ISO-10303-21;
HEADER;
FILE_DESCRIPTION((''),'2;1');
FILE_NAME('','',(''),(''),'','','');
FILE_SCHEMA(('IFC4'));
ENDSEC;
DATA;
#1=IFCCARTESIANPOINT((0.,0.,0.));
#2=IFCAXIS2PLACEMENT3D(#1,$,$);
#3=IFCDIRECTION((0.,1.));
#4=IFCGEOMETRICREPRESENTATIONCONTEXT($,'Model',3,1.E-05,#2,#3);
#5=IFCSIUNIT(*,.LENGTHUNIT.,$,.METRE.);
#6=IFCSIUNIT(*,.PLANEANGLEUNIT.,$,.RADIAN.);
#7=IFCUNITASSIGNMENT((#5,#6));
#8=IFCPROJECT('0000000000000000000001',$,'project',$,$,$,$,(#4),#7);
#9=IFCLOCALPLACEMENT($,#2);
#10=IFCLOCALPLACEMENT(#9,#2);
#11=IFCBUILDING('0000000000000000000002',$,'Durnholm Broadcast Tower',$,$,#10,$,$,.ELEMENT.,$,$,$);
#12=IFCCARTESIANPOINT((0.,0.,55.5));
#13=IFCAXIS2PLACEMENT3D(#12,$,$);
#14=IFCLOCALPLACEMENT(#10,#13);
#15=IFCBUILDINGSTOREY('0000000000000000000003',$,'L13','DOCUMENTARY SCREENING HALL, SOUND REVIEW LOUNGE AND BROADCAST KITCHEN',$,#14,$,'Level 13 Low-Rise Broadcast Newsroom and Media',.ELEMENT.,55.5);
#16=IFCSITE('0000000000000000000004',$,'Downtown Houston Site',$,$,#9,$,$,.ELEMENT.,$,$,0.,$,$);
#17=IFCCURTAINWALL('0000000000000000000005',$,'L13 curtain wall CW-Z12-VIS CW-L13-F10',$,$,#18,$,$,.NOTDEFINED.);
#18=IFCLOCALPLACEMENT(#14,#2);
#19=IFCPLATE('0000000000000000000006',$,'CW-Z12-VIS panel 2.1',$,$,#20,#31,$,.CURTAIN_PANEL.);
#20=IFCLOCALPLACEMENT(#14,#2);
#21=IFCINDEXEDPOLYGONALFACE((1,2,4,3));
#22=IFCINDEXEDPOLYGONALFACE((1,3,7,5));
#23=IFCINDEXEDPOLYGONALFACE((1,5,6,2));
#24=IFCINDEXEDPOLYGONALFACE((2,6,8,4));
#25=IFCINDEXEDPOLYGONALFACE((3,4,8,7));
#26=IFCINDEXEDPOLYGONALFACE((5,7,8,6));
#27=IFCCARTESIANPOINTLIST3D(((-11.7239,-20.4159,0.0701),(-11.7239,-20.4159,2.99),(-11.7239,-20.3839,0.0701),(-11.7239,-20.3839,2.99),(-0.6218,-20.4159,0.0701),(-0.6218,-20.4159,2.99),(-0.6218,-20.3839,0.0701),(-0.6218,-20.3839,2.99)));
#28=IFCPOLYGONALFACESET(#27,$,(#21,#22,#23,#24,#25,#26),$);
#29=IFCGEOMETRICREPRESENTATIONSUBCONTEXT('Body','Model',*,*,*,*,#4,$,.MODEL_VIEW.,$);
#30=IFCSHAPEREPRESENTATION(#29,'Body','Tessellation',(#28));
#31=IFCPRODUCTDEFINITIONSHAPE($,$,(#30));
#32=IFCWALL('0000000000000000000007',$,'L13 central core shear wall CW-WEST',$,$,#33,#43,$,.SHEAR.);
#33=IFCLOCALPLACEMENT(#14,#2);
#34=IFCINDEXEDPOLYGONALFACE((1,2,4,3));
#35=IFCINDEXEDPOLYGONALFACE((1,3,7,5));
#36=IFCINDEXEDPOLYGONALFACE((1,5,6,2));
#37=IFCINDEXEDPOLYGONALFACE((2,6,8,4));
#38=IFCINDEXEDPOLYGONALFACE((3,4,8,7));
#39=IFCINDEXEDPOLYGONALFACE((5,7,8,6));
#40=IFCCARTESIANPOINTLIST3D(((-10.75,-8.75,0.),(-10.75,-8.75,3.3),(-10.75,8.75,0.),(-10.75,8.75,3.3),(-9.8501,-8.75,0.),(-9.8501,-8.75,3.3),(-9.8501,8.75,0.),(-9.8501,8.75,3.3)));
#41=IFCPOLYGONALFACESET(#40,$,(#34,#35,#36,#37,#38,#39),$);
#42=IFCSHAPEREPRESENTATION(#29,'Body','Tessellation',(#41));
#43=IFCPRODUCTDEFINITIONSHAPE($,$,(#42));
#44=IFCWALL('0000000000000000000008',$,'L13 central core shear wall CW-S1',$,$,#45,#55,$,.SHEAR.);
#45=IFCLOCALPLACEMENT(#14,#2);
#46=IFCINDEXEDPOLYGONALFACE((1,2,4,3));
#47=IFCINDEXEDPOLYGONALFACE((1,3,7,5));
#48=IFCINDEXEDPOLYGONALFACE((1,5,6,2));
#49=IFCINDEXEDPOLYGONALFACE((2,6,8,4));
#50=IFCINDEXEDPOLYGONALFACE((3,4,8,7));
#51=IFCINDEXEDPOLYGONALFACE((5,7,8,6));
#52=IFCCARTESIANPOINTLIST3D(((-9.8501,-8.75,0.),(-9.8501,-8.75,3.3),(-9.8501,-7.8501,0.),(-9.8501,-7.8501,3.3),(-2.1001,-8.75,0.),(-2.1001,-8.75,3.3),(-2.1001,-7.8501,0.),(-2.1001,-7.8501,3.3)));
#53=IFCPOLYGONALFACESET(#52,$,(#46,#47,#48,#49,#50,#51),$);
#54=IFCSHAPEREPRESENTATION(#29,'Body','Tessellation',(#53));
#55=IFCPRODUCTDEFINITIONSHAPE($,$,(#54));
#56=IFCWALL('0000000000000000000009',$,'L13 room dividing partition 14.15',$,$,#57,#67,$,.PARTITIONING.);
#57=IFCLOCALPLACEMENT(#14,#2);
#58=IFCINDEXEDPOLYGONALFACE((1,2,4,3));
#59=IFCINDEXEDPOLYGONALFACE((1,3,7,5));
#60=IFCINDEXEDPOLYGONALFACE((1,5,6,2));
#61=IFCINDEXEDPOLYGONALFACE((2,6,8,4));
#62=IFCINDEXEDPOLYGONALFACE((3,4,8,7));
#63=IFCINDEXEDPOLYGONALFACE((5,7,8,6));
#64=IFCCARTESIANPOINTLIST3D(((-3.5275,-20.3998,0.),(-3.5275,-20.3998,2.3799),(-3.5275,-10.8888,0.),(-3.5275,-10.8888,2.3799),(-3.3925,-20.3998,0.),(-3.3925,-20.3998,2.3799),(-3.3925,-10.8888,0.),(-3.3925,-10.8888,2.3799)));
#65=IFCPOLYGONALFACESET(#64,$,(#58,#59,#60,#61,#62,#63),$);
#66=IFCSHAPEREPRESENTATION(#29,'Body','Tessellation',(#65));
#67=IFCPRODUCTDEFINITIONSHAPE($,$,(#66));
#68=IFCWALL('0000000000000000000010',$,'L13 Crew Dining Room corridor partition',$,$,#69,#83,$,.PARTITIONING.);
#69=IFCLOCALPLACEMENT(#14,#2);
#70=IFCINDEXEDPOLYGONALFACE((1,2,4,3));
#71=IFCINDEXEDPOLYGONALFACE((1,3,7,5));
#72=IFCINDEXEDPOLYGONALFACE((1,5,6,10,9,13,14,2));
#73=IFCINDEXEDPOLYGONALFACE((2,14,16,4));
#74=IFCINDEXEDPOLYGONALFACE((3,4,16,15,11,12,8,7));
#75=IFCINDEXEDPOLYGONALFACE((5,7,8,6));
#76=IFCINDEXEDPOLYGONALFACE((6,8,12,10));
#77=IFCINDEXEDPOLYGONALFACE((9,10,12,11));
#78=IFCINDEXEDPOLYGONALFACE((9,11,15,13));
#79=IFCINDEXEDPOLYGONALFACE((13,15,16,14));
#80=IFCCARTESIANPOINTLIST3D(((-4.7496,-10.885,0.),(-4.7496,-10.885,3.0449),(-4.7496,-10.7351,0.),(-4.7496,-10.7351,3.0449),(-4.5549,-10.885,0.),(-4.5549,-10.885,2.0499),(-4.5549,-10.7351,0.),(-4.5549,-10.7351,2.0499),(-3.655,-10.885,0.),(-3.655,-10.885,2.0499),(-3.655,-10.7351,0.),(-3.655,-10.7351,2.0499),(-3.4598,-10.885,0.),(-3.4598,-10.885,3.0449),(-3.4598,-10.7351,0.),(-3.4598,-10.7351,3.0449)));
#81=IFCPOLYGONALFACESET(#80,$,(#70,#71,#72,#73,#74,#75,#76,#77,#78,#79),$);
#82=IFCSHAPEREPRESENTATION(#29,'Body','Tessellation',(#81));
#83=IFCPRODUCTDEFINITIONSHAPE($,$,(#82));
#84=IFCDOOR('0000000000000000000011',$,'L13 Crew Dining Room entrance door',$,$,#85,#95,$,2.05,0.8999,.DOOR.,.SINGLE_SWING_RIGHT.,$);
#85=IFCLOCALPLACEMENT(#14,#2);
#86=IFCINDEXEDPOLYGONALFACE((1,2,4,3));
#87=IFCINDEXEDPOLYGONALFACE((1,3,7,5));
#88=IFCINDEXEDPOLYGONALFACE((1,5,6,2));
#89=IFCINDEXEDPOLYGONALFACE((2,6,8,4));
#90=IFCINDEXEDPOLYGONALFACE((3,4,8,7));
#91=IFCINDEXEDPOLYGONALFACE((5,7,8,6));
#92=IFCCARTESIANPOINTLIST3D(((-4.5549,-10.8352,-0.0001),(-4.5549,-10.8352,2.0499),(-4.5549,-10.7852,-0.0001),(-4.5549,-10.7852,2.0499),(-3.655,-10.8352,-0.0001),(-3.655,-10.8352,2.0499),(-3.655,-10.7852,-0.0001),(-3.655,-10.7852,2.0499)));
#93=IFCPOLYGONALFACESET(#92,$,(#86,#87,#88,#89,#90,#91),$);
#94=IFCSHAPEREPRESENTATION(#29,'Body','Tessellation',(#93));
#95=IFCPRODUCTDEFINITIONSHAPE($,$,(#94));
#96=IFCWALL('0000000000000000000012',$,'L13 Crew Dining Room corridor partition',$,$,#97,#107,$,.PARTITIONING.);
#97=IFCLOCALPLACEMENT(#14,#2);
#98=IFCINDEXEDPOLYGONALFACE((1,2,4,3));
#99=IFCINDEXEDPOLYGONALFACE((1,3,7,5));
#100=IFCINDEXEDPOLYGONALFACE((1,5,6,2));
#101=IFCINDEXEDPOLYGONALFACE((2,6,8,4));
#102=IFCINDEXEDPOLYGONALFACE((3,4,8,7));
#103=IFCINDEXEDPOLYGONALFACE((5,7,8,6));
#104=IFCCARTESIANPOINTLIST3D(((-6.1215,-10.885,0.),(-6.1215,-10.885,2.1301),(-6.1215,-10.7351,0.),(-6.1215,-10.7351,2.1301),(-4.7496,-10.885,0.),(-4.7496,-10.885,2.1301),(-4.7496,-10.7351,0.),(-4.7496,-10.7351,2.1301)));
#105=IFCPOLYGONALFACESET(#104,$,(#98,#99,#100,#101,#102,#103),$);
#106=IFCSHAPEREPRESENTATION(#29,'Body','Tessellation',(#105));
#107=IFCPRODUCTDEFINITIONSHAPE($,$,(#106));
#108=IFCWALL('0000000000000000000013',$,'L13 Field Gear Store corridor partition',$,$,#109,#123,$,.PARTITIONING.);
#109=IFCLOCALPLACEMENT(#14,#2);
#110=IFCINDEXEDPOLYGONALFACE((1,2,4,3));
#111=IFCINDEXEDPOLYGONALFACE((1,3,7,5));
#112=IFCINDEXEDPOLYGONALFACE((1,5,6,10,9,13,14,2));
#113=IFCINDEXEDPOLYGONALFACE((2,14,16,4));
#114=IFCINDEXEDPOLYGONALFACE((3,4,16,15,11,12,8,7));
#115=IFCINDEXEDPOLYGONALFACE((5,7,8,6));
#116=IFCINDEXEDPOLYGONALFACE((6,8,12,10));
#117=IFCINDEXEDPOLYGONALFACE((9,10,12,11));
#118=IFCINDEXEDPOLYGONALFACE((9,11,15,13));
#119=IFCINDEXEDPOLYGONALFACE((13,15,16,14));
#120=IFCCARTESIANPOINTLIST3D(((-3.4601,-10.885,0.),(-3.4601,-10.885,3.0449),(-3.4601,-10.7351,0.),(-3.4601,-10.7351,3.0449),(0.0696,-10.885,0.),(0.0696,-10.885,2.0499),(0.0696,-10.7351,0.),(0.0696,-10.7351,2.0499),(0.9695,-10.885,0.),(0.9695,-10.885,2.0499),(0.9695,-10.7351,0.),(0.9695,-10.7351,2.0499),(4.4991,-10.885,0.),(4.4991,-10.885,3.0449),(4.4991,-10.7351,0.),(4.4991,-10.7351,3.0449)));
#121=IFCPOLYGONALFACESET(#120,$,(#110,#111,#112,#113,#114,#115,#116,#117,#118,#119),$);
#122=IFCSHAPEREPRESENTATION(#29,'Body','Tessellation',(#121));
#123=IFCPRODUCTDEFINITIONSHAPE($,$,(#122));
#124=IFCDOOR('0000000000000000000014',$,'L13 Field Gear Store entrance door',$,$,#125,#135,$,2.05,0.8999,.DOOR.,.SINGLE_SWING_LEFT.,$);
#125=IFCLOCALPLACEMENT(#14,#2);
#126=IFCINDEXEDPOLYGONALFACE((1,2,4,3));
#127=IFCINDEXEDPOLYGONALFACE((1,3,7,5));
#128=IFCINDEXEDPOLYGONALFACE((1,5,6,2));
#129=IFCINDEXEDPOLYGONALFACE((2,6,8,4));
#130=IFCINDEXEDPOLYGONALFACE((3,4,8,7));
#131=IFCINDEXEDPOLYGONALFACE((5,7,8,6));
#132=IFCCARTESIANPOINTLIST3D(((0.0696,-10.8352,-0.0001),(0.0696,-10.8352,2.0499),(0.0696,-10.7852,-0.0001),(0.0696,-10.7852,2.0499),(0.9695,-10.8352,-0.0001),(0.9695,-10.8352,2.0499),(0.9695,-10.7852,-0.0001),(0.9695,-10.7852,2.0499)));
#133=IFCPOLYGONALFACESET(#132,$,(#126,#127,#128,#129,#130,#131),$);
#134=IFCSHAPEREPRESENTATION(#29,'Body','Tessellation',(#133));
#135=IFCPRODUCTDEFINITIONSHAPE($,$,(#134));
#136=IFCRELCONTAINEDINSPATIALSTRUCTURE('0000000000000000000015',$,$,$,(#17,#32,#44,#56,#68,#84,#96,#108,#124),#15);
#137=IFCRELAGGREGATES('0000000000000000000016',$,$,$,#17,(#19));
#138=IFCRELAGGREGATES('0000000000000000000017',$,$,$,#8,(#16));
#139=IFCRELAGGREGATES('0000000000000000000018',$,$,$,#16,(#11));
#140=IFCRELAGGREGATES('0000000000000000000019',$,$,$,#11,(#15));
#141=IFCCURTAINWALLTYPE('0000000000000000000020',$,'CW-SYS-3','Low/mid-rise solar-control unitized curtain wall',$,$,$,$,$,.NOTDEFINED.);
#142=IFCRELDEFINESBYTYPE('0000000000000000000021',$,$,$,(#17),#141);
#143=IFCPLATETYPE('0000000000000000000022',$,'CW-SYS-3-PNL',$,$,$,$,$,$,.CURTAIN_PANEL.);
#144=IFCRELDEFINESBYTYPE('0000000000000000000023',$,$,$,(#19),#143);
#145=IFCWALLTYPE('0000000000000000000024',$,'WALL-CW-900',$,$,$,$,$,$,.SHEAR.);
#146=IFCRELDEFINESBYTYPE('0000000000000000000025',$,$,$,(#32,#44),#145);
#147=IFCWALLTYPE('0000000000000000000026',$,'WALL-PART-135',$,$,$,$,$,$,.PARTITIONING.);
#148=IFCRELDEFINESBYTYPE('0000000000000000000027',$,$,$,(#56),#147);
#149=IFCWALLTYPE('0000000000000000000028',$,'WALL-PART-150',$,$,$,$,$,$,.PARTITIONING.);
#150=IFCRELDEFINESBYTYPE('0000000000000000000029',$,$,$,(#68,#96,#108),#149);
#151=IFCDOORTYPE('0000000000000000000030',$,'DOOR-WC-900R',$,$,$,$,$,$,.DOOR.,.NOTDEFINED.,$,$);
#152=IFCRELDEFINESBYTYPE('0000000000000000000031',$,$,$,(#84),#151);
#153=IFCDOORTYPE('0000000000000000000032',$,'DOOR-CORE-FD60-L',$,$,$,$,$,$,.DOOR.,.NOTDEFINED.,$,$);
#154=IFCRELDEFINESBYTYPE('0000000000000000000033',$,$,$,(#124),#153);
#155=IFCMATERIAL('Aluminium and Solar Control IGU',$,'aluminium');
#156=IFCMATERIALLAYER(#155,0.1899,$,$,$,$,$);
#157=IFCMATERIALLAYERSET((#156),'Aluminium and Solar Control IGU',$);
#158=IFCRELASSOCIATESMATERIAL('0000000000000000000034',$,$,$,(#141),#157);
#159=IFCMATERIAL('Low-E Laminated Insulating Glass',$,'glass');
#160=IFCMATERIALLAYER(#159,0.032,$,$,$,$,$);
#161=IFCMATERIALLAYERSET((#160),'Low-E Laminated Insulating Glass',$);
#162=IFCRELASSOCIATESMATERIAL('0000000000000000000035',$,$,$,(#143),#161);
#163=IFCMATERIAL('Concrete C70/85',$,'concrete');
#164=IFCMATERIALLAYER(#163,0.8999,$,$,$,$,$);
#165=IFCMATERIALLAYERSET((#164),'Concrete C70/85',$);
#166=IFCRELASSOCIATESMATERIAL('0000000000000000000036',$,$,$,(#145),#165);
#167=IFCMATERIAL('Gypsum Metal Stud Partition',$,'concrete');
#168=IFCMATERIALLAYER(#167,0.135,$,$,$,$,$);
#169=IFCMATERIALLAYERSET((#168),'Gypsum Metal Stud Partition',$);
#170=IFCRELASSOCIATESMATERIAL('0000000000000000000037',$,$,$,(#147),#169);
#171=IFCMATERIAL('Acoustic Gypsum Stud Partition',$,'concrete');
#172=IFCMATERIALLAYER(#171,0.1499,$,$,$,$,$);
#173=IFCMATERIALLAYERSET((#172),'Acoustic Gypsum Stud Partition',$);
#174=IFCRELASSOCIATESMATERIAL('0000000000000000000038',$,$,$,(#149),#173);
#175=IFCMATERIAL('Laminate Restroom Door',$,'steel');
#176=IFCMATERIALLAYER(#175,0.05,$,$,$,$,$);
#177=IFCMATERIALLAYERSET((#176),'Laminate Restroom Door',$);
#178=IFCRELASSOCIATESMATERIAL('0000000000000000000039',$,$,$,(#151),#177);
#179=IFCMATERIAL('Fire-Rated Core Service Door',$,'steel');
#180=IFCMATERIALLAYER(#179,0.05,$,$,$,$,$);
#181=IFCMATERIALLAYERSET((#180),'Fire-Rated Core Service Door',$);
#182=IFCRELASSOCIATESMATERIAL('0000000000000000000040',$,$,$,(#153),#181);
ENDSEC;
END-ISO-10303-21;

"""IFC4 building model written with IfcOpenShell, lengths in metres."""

from ifc_helpers import new_model, si_unit, direction, frame, frame_2d, origin, origin_2d, place, context, subcontext, project, spatial, rectangle, extrude, source, transform, mapped, material, layer, layer_set, type_object, type_shapes, element, fill, aggregate, save


model = new_model("IFC4")

# Units and contexts
model_context = context("Model", 3, precision=1e-05, world=origin(), true_north=direction((0.0, 1.0)))
body_context = subcontext(model_context, "Body", "Model", "MODEL_VIEW")
ifc_project = project(units=[si_unit("LENGTHUNIT", "METRE"), si_unit("PLANEANGLEUNIT", "RADIAN")], contexts=[model_context])

# Site, building, storey
site_placement = place(None, origin())
site = spatial("IfcSite", under=ifc_project, at=site_placement, Name="Downtown Houston Site", CompositionType="ELEMENT", RefElevation=0.0)
building_placement = place(site_placement, origin())
building = spatial("IfcBuilding", under=site, at=building_placement, Name="Durnholm Broadcast Tower", CompositionType="ELEMENT")
storey_placement = place(building_placement, frame((0.0, 0.0, 55.5)))
storey = spatial("IfcBuildingStorey", under=building, at=storey_placement, Name="L13", Description="DOCUMENTARY SCREENING HALL, SOUND REVIEW LOUNGE AND BROADCAST KITCHEN", LongName="Level 13 Low-Rise Broadcast Newsroom and Media", CompositionType="ELEMENT", Elevation=55.5)

# Shared definitions
ifc_material_1 = material(Name="Concrete C70/85", Category="concrete")

# Curtain wall, plate
ifc_material_2 = material(Name="Aluminium and Solar Control IGU", Category="aluminium")
ifc_layer_1 = layer(ifc_material_2, 0.1899)
ifc_layer_set_1 = layer_set([ifc_layer_1], Name="Aluminium and Solar Control IGU")
curtain_wall_type = type_object("IfcCurtainWallType", Name="CW-SYS-3", Description="Low/mid-rise solar-control unitized curtain wall", PredefinedType="NOTDEFINED", material=ifc_layer_set_1)
curtain_wall_placement = place(storey_placement, origin())
curtain_wall = element("IfcCurtainWall", 1, at=curtain_wall_placement, inside=storey, type_object=curtain_wall_type, Name="L13 curtain wall CW-Z12-VIS CW-L13-F10", PredefinedType="NOTDEFINED")
ifc_material_3 = material(Name="Low-E Laminated Insulating Glass", Category="glass")
ifc_layer_2 = layer(ifc_material_3, 0.032)
ifc_layer_set_2 = layer_set([ifc_layer_2], Name="Low-E Laminated Insulating Glass")
plate_type = type_object("IfcPlateType", Name="CW-SYS-3-PNL", PredefinedType="CURTAIN_PANEL", material=ifc_layer_set_2)
shared_shape_1 = source(origin(), body_context, "Body", "SweptSolid", [
    extrude(rectangle(XDim=11.1021, YDim=0.032, at=origin_2d()), origin(), (0.0, 0.0, 1.0), 2.9199),
])
type_shapes(plate_type, [shared_shape_1])
plate_placement = place(storey_placement, frame((-6.1729, -20.3999, 0.0701), z_axis=(0.0, 0.0, 1.0), x_axis=(-1.0, 0.0, 0.0)))
plate = element("IfcPlate", 2, at=plate_placement, type_object=plate_type, Name="CW-Z12-VIS panel 2.1", PredefinedType="CURTAIN_PANEL", context=body_context, shape_type="MappedRepresentation", body=[
    mapped(shared_shape_1, transform((0.0, 0.0, 0.0), x_axis=(1.0, 0.0, 0.0), y_axis=(0.0, 1.0, 0.0), z_axis=(0.0, 0.0, 1.0), scale=1.0)),
])
aggregate(curtain_wall, [plate])

# Walls
ifc_layer_3 = layer(ifc_material_1, 0.8999)
ifc_layer_set_3 = layer_set([ifc_layer_3], Name="Concrete C70/85")
wall_type_1 = type_object("IfcWallType", Name="WALL-CW-900", PredefinedType="SHEAR", material=ifc_layer_set_3)
wall_1_placement = place(storey_placement, frame((-10.3, -8.75, 0.0), z_axis=(0.0, 0.0, 1.0), x_axis=(0.0, 1.0, 0.0)))
element("IfcWall", 3, at=wall_1_placement, inside=storey, type_object=wall_type_1, Name="L13 central core shear wall CW-WEST", PredefinedType="SHEAR", context=body_context, shape_type="SweptSolid", body=[
    extrude(rectangle(XDim=17.5, YDim=0.8999, at=frame_2d((8.75, 0.0))), origin(), (0.0, 0.0, 1.0), 3.3),
])
wall_2_placement = place(storey_placement, frame((-9.8501, -8.3, 0.0), z_axis=(0.0, 0.0, 1.0), x_axis=(1.0, 0.0, 0.0)))
element("IfcWall", 4, at=wall_2_placement, inside=storey, type_object=wall_type_1, Name="L13 central core shear wall CW-S1", PredefinedType="SHEAR", context=body_context, shape_type="SweptSolid", body=[
    extrude(rectangle(XDim=7.75, YDim=0.8999, at=frame_2d((3.875, 0.0))), origin(), (0.0, 0.0, 1.0), 3.3),
])

# Wall
ifc_material_4 = material(Name="Gypsum Metal Stud Partition", Category="concrete")
ifc_layer_4 = layer(ifc_material_4, 0.135)
ifc_layer_set_4 = layer_set([ifc_layer_4], Name="Gypsum Metal Stud Partition")
wall_type_2 = type_object("IfcWallType", Name="WALL-PART-135", PredefinedType="PARTITIONING", material=ifc_layer_set_4)
wall_3_placement = place(storey_placement, frame((-3.46, -10.8889, 0.0), z_axis=(0.0, 0.0, 1.0), x_axis=(0.0, -1.0, 0.0)))
element("IfcWall", 5, at=wall_3_placement, inside=storey, type_object=wall_type_2, Name="L13 room dividing partition 14.15", PredefinedType="PARTITIONING", context=body_context, shape_type="SweptSolid", body=[
    extrude(rectangle(XDim=9.511, YDim=0.135, at=frame_2d((4.7554, 0.0))), origin(), (0.0, 0.0, 1.0), 2.3799),
])

# Wall, opening, door
ifc_material_5 = material(Name="Acoustic Gypsum Stud Partition", Category="concrete")
ifc_layer_5 = layer(ifc_material_5, 0.1499)
ifc_layer_set_5 = layer_set([ifc_layer_5], Name="Acoustic Gypsum Stud Partition")
wall_type_3 = type_object("IfcWallType", Name="WALL-PART-150", PredefinedType="PARTITIONING", material=ifc_layer_set_5)
wall_4_placement = place(storey_placement, frame((-4.7498, -10.8101, 0.0), z_axis=(0.0, 0.0, 1.0), x_axis=(1.0, 0.0, 0.0)))
wall_4 = element("IfcWall", 6, at=wall_4_placement, inside=storey, type_object=wall_type_3, Name="L13 Crew Dining Room corridor partition", PredefinedType="PARTITIONING", context=body_context, shape_type="SweptSolid", body=[
    extrude(rectangle(XDim=1.2898, YDim=0.1499, at=frame_2d((0.645, 0.0))), origin(), (0.0, 0.0, 1.0), 3.0449),
])
opening_1_placement = place(wall_4_placement, frame((0.1948, 0.0, 0.0)))
opening_1 = element("IfcOpeningElement", 7, at=opening_1_placement, cuts=wall_4, PredefinedType="OPENING", context=body_context, shape_type="SweptSolid", body=[
    extrude(rectangle(XDim=0.8999, YDim=2.05, at=frame_2d((0.45, 1.0249))), frame((0.0, 0.085, 0.0), z_axis=(0.0, -1.0, 0.0), x_axis=(1.0, 0.0, 0.0)), (0.0, 0.0, 1.0), 0.1699),
])
ifc_material_6 = material(Name="Laminate Restroom Door", Category="steel")
ifc_layer_6 = layer(ifc_material_6, 0.05)
ifc_layer_set_6 = layer_set([ifc_layer_6], Name="Laminate Restroom Door")
door_type_1 = type_object("IfcDoorType", Name="DOOR-WC-900R", OperationType="NOTDEFINED", PredefinedType="DOOR", material=ifc_layer_set_6)
shared_shape_2 = source(origin(), body_context, "Body", "SweptSolid", [
    extrude(rectangle(XDim=0.8999, YDim=2.05, at=frame_2d((0.45, 1.0249))), frame((0.0, 0.0249, 0.0), z_axis=(0.0, -1.0, 0.0), x_axis=(1.0, 0.0, 0.0)), (0.0, 0.0, 1.0), 0.05),
])
type_shapes(door_type_1, [shared_shape_2])
door_1_placement = place(opening_1_placement, origin())
door_1 = element("IfcDoor", 8, at=door_1_placement, inside=storey, type_object=door_type_1, Name="L13 Crew Dining Room entrance door", OperationType="SINGLE_SWING_RIGHT", OverallHeight=2.05, OverallWidth=0.8999, PredefinedType="DOOR", context=body_context, shape_type="MappedRepresentation", body=[
    mapped(shared_shape_2, transform((0.0, 0.0, 0.0), x_axis=(1.0, 0.0, 0.0), y_axis=(0.0, 1.0, 0.0), z_axis=(0.0, 0.0, 1.0), scale=1.0)),
])
fill(opening_1, door_1)

# Wall
wall_5_placement = place(storey_placement, frame((-6.1216, -10.8101, 0.0), z_axis=(0.0, 0.0, 1.0), x_axis=(1.0, 0.0, 0.0)))
element("IfcWall", 9, at=wall_5_placement, inside=storey, type_object=wall_type_3, Name="L13 Crew Dining Room corridor partition", PredefinedType="PARTITIONING", context=body_context, shape_type="SweptSolid", body=[
    extrude(rectangle(XDim=1.3718, YDim=0.1499, at=frame_2d((0.686, 0.0))), origin(), (0.0, 0.0, 1.0), 2.1301),
])

# Wall, opening, door
wall_6_placement = place(storey_placement, frame((-3.46, -10.8101, 0.0), z_axis=(0.0, 0.0, 1.0), x_axis=(1.0, 0.0, 0.0)))
wall_6 = element("IfcWall", 10, at=wall_6_placement, inside=storey, type_object=wall_type_3, Name="L13 Field Gear Store corridor partition", PredefinedType="PARTITIONING", context=body_context, shape_type="SweptSolid", body=[
    extrude(rectangle(XDim=7.9592, YDim=0.1499, at=frame_2d((3.9795, 0.0))), origin(), (0.0, 0.0, 1.0), 3.0449),
])
opening_2_placement = place(wall_6_placement, frame((3.5295, 0.0, 0.0)))
opening_2 = element("IfcOpeningElement", 11, at=opening_2_placement, cuts=wall_6, PredefinedType="OPENING", context=body_context, shape_type="SweptSolid", body=[
    extrude(rectangle(XDim=0.8999, YDim=2.05, at=frame_2d((0.45, 1.0249))), frame((0.0, 0.085, 0.0), z_axis=(0.0, -1.0, 0.0), x_axis=(1.0, 0.0, 0.0)), (0.0, 0.0, 1.0), 0.1699),
])
ifc_material_7 = material(Name="Fire-Rated Core Service Door", Category="steel")
ifc_layer_7 = layer(ifc_material_7, 0.05)
ifc_layer_set_7 = layer_set([ifc_layer_7], Name="Fire-Rated Core Service Door")
door_type_2 = type_object("IfcDoorType", Name="DOOR-CORE-FD60-L", OperationType="NOTDEFINED", PredefinedType="DOOR", material=ifc_layer_set_7)
shared_shape_3 = source(origin(), body_context, "Body", "SweptSolid", [
    extrude(rectangle(XDim=0.8999, YDim=2.05, at=frame_2d((0.45, 1.0249))), frame((0.0, 0.0249, 0.0), z_axis=(0.0, -1.0, 0.0), x_axis=(1.0, 0.0, 0.0)), (0.0, 0.0, 1.0), 0.05),
])
type_shapes(door_type_2, [shared_shape_3])
door_2_placement = place(opening_2_placement, origin())
door_2 = element("IfcDoor", 12, at=door_2_placement, inside=storey, type_object=door_type_2, Name="L13 Field Gear Store entrance door", OperationType="SINGLE_SWING_LEFT", OverallHeight=2.05, OverallWidth=0.8999, PredefinedType="DOOR", context=body_context, shape_type="MappedRepresentation", body=[
    mapped(shared_shape_3, transform((0.0, 0.0, 0.0), x_axis=(1.0, 0.0, 0.0), y_axis=(0.0, 1.0, 0.0), z_axis=(0.0, 0.0, 1.0), scale=1.0)),
])
fill(opening_2, door_2)

save(model, "model.ifc")
